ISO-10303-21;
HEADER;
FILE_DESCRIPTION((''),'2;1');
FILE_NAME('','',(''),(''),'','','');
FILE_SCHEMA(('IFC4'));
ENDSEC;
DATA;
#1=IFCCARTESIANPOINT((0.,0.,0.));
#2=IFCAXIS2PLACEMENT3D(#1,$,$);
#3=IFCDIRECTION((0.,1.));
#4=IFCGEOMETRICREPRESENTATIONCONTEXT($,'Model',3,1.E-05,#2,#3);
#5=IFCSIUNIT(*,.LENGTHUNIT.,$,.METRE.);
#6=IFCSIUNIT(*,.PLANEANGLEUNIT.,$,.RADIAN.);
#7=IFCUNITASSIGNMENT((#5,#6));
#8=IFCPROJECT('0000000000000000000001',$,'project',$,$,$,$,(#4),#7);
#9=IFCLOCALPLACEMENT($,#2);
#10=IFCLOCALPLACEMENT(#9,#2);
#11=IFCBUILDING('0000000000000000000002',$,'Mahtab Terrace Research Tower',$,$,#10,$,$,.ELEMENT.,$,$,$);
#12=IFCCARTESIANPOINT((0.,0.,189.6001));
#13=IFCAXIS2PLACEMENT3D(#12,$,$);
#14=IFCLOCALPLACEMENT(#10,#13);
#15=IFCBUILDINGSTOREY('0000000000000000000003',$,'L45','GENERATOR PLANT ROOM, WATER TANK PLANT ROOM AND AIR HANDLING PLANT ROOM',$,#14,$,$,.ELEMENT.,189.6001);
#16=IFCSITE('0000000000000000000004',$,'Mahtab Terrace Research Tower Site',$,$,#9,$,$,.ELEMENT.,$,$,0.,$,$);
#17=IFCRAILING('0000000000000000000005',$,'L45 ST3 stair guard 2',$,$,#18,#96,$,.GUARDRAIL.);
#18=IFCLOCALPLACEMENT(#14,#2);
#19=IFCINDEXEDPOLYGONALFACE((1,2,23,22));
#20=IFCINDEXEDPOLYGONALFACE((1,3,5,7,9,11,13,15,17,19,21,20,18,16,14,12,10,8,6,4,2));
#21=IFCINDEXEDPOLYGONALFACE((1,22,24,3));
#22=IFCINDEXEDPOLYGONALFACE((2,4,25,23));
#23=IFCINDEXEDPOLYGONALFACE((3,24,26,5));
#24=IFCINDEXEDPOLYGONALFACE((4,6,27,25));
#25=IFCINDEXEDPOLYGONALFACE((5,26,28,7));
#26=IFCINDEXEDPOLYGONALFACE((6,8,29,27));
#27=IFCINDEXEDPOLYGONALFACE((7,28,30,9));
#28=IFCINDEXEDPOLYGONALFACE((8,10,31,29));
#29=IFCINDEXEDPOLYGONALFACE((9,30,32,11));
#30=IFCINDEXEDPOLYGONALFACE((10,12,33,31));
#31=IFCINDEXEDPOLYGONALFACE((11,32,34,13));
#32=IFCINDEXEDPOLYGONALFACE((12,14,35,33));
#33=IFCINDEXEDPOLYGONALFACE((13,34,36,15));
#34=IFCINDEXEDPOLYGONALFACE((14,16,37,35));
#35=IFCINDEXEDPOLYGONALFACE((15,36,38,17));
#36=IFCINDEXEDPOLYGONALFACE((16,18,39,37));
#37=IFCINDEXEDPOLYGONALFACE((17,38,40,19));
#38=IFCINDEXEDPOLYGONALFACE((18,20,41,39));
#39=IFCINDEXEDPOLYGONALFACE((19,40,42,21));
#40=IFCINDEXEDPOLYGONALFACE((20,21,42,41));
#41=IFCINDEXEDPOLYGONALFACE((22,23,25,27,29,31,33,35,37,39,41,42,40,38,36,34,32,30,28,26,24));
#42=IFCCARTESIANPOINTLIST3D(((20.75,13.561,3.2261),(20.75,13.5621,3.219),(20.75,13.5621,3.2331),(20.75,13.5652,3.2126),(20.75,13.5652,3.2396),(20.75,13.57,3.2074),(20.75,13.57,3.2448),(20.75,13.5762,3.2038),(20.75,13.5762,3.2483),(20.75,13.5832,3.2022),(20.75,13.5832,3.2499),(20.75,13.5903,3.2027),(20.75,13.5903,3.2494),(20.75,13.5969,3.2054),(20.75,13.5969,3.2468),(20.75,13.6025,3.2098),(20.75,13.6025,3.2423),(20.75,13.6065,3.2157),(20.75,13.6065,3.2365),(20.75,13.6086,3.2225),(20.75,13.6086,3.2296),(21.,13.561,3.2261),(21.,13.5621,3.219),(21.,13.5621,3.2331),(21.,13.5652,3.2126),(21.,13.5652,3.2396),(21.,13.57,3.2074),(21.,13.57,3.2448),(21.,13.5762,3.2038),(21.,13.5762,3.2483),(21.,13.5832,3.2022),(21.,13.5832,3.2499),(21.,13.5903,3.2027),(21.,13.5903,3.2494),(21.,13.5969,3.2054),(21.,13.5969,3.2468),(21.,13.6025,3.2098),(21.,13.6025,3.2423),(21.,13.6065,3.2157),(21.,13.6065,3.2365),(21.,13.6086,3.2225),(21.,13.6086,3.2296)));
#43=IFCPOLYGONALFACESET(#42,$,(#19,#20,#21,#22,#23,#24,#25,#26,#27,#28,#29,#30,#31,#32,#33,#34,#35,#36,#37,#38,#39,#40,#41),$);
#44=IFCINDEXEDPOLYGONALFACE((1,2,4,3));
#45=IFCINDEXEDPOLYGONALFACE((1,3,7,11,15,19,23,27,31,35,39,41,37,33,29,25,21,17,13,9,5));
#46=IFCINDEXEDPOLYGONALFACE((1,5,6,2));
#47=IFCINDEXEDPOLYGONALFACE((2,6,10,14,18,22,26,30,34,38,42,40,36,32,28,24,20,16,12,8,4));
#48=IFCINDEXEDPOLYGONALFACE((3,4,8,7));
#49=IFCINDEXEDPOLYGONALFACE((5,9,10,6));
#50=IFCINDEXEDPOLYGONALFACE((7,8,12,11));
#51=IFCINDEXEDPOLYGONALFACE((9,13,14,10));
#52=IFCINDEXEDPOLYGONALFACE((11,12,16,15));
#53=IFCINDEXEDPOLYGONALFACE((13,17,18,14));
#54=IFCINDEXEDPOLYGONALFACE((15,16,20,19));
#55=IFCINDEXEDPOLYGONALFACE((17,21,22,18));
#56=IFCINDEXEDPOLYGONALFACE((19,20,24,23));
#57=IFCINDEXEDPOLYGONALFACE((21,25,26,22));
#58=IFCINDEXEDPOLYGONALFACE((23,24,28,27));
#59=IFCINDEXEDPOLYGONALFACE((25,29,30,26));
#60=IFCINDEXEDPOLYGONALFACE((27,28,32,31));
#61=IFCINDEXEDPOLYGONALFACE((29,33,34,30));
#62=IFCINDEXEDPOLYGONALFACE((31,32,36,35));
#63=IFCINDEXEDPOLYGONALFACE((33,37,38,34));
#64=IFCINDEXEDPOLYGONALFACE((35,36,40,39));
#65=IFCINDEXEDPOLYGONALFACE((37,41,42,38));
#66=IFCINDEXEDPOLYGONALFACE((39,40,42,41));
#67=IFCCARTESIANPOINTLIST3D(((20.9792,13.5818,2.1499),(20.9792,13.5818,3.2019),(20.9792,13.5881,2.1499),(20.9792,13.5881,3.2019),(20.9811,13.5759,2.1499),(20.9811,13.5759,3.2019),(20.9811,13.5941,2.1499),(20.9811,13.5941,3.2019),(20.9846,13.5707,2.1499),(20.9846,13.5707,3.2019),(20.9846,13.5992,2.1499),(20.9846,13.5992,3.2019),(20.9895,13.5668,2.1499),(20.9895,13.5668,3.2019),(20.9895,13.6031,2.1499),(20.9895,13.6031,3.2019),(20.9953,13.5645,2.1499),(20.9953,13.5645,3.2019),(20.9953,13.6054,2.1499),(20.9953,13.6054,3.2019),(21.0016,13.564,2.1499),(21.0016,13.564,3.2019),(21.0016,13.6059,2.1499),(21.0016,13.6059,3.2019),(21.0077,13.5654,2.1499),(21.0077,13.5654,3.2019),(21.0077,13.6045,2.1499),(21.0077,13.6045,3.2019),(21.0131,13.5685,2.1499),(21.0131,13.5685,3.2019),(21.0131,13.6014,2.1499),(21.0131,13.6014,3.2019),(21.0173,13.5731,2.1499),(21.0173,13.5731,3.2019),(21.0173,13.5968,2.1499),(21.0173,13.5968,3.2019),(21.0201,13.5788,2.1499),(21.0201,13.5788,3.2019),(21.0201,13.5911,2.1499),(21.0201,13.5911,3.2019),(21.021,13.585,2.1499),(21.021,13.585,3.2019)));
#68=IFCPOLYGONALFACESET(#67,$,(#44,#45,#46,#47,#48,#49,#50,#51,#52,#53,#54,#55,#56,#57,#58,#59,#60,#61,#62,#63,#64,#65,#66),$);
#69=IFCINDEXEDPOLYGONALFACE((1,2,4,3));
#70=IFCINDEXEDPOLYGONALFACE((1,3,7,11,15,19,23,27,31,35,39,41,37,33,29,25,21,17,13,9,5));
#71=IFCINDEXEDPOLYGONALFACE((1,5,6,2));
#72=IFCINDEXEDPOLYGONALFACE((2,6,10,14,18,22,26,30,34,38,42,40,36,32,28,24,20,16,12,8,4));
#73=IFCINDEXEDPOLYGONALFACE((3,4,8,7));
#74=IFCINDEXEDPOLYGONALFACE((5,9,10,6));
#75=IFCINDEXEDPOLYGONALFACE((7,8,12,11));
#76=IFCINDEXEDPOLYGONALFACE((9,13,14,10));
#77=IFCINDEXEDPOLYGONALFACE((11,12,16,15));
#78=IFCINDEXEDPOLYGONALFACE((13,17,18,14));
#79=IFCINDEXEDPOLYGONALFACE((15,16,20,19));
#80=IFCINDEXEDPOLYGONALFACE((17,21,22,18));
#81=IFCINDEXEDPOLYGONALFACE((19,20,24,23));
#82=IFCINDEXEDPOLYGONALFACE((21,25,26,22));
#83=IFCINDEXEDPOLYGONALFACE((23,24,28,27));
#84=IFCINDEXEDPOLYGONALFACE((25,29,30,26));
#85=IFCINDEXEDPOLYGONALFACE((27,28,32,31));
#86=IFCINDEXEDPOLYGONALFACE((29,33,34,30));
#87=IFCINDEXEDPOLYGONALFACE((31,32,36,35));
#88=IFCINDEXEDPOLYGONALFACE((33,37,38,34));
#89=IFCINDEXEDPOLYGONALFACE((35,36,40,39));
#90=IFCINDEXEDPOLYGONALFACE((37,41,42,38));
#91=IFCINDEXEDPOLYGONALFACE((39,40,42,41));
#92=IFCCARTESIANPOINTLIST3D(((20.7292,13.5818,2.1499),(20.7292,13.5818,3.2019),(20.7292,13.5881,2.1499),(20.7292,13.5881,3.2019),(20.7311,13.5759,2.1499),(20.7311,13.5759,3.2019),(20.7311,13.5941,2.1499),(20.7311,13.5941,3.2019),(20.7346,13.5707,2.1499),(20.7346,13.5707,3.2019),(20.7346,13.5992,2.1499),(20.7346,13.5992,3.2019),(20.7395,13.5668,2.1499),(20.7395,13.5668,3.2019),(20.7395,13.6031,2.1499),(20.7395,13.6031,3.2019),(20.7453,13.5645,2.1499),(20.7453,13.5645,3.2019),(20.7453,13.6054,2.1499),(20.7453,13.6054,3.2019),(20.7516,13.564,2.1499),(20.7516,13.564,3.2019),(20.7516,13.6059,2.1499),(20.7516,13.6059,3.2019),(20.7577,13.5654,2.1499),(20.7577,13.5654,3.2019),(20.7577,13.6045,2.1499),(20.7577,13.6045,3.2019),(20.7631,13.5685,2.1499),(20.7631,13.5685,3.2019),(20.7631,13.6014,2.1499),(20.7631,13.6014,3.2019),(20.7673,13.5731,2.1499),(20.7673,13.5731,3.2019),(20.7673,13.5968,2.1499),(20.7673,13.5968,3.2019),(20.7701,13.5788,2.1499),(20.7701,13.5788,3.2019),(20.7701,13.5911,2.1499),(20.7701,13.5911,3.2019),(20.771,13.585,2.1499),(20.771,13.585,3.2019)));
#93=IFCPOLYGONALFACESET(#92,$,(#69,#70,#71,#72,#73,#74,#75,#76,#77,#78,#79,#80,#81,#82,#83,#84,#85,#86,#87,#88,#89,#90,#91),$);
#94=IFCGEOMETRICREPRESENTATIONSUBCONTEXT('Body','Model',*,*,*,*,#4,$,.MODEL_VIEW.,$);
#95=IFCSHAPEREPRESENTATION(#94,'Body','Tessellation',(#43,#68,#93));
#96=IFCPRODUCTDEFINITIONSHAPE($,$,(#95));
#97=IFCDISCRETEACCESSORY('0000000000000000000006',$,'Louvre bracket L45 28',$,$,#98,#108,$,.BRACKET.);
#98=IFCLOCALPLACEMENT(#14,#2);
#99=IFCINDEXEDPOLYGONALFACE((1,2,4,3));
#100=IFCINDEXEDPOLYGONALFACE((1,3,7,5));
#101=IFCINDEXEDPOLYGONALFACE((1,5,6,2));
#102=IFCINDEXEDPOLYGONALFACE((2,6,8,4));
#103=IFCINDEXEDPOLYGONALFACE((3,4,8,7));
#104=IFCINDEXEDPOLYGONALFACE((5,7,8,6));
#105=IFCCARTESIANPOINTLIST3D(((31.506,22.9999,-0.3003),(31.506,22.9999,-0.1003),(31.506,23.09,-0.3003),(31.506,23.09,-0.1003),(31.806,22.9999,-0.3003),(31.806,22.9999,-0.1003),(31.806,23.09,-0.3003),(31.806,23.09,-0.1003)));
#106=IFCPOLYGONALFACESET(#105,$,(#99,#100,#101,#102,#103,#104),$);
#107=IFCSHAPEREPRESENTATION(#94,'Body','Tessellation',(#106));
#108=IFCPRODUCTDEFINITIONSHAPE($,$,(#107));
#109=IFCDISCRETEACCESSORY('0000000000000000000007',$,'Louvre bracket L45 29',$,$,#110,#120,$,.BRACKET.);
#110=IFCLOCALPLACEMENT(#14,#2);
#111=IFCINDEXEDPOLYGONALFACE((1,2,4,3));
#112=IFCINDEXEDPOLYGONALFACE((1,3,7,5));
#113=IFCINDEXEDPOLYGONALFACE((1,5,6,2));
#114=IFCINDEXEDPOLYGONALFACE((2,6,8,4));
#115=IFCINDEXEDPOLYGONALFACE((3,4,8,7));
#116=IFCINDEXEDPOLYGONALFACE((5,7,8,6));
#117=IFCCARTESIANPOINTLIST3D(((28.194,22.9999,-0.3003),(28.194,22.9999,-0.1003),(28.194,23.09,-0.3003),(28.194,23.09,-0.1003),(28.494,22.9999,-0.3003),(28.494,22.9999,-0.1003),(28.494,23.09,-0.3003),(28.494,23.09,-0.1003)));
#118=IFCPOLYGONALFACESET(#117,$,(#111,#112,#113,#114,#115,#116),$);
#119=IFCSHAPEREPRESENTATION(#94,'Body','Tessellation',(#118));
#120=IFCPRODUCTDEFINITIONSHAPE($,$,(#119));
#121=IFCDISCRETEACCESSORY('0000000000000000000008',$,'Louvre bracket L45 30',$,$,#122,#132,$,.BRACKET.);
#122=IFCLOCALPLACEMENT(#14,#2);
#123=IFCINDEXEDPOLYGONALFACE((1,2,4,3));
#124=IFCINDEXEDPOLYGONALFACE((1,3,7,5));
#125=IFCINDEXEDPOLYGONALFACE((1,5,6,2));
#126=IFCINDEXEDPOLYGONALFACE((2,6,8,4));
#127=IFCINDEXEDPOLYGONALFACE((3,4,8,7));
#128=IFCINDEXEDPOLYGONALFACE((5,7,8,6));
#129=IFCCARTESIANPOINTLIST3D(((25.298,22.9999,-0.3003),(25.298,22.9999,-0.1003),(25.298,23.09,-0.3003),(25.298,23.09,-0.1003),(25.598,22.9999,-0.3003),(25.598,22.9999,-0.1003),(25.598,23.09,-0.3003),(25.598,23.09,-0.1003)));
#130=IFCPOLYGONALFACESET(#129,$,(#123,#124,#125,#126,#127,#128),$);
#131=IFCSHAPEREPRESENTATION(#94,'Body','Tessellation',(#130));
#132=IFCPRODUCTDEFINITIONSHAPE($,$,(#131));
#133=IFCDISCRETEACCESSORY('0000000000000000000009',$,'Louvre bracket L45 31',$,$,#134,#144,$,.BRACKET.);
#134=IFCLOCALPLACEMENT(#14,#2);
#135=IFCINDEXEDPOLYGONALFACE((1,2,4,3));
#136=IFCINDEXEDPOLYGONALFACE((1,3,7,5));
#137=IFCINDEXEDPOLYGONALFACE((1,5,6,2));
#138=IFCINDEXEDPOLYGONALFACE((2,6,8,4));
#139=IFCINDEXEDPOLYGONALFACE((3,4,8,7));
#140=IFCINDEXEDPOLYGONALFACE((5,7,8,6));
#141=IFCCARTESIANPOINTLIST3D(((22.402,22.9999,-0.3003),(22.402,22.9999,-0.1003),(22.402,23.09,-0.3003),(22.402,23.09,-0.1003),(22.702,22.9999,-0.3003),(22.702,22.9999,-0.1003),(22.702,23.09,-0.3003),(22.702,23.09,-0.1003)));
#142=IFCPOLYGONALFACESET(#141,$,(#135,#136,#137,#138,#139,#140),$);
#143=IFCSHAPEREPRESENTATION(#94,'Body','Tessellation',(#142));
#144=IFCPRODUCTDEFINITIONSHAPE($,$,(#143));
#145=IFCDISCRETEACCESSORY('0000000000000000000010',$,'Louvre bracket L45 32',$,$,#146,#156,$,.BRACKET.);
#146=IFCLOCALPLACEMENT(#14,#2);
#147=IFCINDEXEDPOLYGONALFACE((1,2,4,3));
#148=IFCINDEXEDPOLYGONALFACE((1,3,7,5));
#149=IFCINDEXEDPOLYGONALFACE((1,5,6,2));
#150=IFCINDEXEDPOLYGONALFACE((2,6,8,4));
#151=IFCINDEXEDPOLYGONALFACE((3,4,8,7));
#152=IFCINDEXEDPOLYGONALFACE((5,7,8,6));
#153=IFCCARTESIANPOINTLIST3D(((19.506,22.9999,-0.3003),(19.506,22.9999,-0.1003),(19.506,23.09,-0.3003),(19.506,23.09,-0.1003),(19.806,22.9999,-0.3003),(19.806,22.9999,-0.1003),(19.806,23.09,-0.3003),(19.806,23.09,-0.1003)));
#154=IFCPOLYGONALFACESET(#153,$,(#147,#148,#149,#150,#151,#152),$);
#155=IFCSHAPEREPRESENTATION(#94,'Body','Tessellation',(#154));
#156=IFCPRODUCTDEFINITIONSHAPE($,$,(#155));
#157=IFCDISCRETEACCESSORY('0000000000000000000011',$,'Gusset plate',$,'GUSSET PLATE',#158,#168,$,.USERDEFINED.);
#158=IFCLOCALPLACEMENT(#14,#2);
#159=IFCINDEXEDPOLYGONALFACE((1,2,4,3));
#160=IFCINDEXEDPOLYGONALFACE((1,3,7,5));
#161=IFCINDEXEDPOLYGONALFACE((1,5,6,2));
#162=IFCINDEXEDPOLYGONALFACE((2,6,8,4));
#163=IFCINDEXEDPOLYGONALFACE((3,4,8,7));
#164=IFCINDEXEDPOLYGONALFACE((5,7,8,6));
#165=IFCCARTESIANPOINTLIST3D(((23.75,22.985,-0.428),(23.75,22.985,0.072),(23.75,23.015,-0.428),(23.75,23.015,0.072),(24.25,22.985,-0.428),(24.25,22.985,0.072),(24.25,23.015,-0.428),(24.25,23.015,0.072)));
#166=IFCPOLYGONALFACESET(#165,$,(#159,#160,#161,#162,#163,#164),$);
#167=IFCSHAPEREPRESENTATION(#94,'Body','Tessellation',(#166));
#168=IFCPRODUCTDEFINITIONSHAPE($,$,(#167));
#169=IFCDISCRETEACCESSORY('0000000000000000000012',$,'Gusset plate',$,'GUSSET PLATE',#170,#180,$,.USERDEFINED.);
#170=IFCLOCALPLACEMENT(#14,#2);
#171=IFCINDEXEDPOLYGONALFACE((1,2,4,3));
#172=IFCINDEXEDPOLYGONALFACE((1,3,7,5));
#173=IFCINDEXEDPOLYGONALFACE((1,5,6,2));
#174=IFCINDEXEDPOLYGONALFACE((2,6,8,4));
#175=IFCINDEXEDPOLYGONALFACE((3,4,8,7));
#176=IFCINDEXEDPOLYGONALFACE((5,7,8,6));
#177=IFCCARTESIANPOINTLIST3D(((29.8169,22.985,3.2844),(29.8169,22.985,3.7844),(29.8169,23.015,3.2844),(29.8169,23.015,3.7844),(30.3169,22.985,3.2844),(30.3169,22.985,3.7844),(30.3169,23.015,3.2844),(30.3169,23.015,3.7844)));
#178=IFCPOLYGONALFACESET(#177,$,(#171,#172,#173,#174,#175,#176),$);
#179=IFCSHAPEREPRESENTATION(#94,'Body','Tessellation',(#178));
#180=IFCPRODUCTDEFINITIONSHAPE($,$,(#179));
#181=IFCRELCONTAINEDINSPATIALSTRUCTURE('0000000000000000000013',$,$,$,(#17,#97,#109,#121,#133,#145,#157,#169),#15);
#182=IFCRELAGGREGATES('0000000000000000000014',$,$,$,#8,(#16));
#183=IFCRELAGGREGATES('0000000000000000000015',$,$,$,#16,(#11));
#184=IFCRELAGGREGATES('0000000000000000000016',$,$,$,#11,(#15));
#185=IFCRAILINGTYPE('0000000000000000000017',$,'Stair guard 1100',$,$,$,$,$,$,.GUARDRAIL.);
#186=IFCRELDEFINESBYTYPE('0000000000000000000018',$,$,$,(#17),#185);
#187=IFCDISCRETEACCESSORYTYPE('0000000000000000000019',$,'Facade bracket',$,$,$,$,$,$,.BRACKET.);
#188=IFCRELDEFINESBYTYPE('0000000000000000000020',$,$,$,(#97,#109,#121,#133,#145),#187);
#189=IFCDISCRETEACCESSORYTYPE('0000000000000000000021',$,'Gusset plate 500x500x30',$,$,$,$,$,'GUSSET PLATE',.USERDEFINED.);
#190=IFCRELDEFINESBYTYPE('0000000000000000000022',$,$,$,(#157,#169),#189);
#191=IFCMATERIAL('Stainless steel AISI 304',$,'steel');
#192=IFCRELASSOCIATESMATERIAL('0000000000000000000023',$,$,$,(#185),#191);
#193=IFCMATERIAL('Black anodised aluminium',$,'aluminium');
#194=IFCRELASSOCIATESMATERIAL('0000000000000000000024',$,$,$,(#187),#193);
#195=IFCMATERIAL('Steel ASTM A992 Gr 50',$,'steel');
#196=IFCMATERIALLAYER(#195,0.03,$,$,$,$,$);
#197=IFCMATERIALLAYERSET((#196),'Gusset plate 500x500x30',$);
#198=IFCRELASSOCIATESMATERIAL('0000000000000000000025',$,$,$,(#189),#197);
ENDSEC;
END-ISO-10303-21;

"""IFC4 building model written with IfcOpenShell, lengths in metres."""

from ifc_helpers import new_model, si_unit, direction, frame, origin, origin_2d, place, context, subcontext, project, spatial, rectangle, circle, extrude, material, layer, layer_set, type_object, element, save


model = new_model("IFC4")

# Units and contexts
model_context = context("Model", 3, precision=1e-05, world=origin(), true_north=direction((0.0, 1.0)))
body_context = subcontext(model_context, "Body", "Model", "MODEL_VIEW")
ifc_project = project(units=[si_unit("LENGTHUNIT", "METRE"), si_unit("PLANEANGLEUNIT", "RADIAN")], contexts=[model_context])

# Site, building, storey
site_placement = place(None, origin())
site = spatial("IfcSite", under=ifc_project, at=site_placement, Name="Mahtab Terrace Research Tower Site", CompositionType="ELEMENT", RefElevation=0.0)
building_placement = place(site_placement, origin())
building = spatial("IfcBuilding", under=site, at=building_placement, Name="Mahtab Terrace Research Tower", CompositionType="ELEMENT")
storey_placement = place(building_placement, frame((0.0, 0.0, 189.6001)))
storey = spatial("IfcBuildingStorey", under=building, at=storey_placement, Name="L45", Description="GENERATOR PLANT ROOM, WATER TANK PLANT ROOM AND AIR HANDLING PLANT ROOM", CompositionType="ELEMENT", Elevation=189.6001)

# Shared definitions
ifc_material_1 = material(Name="Steel ASTM A992 Gr 50", Category="steel")

# Shared definitions
ifc_material_2 = material(Name="Stainless steel AISI 304", Category="steel")

# Railing
railing_type = type_object("IfcRailingType", Name="Stair guard 1100", PredefinedType="GUARDRAIL", material=ifc_material_2)
railing_placement = place(storey_placement, frame((21.0, 13.585, 2.1499)))
element("IfcRailing", 1, at=railing_placement, inside=storey, type_object=railing_type, Name="L45 ST3 stair guard 2", PredefinedType="GUARDRAIL", context=body_context, shape_type="SweptSolid", body=[
    extrude(circle(Radius=0.0239, at=origin_2d()), frame((0.0, 0.0, 1.0762), z_axis=(-1.0, 0.0, 0.0), x_axis=(0.0, -1.0, 0.0)), (0.0, 0.0, 1.0), 0.25),
    extrude(circle(Radius=0.021, at=origin_2d()), origin(), (0.0, 0.0, 1.0), 1.052),
    extrude(circle(Radius=0.021, at=origin_2d()), frame((-0.25, 0.0, 0.0)), (0.0, 0.0, 1.0), 1.052),
])

# Discrete accessories
ifc_material_3 = material(Name="Black anodised aluminium", Category="aluminium")
discrete_accessory_type_1 = type_object("IfcDiscreteAccessoryType", Name="Facade bracket", PredefinedType="BRACKET", material=ifc_material_3)
for number, where, z_axis, x_axis, name in (
    (2, (31.656, 23.0449, -0.3003), (0.0, 0.0, 1.0), (-1.0, 0.0, 0.0), "Louvre bracket L45 28"),
    (3, (28.344, 23.0449, -0.3003), (0.0, 0.0, 1.0), (-1.0, 0.0, 0.0), "Louvre bracket L45 29"),
    (4, (25.448, 23.0449, -0.3003), (0.0, 0.0, 1.0), (-1.0, 0.0, 0.0), "Louvre bracket L45 30"),
    (5, (22.552, 23.0449, -0.3003), (0.0, 0.0, 1.0), (-1.0, 0.0, 0.0), "Louvre bracket L45 31"),
    (6, (19.656, 23.0449, -0.3003), (0.0, 0.0, 1.0), (-1.0, 0.0, 0.0), "Louvre bracket L45 32"),
):
    element("IfcDiscreteAccessory", number, at=place(storey_placement, frame(where, z_axis=z_axis, x_axis=x_axis)), inside=storey, type_object=discrete_accessory_type_1, Name=name, PredefinedType="BRACKET", context=body_context, shape_type="SweptSolid", body=[
        extrude(rectangle(XDim=0.3, YDim=0.0901, at=origin_2d()), origin(), (0.0, 0.0, 1.0), 0.2),
    ])
ifc_layer_1 = layer(ifc_material_1, 0.03)
ifc_layer_set_1 = layer_set([ifc_layer_1], Name="Gusset plate 500x500x30")
discrete_accessory_type_2 = type_object("IfcDiscreteAccessoryType", Name="Gusset plate 500x500x30", ElementType="GUSSET PLATE", PredefinedType="USERDEFINED", material=ifc_layer_set_1)
for number, where, z_axis, x_axis, name in (
    (7, (24.0, 23.0, -0.428), (0.0, 0.0, 1.0), (1.0, 0.0, 0.0), "Gusset plate"),
    (8, (30.0669, 23.0, 3.2844), (0.0, 0.0, 1.0), (1.0, 0.0, 0.0), "Gusset plate"),
):
    element("IfcDiscreteAccessory", number, at=place(storey_placement, frame(where, z_axis=z_axis, x_axis=x_axis)), inside=storey, type_object=discrete_accessory_type_2, Name=name, ObjectType="GUSSET PLATE", PredefinedType="USERDEFINED", context=body_context, shape_type="SweptSolid", body=[
        extrude(rectangle(XDim=0.5, YDim=0.03, at=origin_2d()), origin(), (0.0, 0.0, 1.0), 0.5),
    ])

save(model, "model.ifc")
